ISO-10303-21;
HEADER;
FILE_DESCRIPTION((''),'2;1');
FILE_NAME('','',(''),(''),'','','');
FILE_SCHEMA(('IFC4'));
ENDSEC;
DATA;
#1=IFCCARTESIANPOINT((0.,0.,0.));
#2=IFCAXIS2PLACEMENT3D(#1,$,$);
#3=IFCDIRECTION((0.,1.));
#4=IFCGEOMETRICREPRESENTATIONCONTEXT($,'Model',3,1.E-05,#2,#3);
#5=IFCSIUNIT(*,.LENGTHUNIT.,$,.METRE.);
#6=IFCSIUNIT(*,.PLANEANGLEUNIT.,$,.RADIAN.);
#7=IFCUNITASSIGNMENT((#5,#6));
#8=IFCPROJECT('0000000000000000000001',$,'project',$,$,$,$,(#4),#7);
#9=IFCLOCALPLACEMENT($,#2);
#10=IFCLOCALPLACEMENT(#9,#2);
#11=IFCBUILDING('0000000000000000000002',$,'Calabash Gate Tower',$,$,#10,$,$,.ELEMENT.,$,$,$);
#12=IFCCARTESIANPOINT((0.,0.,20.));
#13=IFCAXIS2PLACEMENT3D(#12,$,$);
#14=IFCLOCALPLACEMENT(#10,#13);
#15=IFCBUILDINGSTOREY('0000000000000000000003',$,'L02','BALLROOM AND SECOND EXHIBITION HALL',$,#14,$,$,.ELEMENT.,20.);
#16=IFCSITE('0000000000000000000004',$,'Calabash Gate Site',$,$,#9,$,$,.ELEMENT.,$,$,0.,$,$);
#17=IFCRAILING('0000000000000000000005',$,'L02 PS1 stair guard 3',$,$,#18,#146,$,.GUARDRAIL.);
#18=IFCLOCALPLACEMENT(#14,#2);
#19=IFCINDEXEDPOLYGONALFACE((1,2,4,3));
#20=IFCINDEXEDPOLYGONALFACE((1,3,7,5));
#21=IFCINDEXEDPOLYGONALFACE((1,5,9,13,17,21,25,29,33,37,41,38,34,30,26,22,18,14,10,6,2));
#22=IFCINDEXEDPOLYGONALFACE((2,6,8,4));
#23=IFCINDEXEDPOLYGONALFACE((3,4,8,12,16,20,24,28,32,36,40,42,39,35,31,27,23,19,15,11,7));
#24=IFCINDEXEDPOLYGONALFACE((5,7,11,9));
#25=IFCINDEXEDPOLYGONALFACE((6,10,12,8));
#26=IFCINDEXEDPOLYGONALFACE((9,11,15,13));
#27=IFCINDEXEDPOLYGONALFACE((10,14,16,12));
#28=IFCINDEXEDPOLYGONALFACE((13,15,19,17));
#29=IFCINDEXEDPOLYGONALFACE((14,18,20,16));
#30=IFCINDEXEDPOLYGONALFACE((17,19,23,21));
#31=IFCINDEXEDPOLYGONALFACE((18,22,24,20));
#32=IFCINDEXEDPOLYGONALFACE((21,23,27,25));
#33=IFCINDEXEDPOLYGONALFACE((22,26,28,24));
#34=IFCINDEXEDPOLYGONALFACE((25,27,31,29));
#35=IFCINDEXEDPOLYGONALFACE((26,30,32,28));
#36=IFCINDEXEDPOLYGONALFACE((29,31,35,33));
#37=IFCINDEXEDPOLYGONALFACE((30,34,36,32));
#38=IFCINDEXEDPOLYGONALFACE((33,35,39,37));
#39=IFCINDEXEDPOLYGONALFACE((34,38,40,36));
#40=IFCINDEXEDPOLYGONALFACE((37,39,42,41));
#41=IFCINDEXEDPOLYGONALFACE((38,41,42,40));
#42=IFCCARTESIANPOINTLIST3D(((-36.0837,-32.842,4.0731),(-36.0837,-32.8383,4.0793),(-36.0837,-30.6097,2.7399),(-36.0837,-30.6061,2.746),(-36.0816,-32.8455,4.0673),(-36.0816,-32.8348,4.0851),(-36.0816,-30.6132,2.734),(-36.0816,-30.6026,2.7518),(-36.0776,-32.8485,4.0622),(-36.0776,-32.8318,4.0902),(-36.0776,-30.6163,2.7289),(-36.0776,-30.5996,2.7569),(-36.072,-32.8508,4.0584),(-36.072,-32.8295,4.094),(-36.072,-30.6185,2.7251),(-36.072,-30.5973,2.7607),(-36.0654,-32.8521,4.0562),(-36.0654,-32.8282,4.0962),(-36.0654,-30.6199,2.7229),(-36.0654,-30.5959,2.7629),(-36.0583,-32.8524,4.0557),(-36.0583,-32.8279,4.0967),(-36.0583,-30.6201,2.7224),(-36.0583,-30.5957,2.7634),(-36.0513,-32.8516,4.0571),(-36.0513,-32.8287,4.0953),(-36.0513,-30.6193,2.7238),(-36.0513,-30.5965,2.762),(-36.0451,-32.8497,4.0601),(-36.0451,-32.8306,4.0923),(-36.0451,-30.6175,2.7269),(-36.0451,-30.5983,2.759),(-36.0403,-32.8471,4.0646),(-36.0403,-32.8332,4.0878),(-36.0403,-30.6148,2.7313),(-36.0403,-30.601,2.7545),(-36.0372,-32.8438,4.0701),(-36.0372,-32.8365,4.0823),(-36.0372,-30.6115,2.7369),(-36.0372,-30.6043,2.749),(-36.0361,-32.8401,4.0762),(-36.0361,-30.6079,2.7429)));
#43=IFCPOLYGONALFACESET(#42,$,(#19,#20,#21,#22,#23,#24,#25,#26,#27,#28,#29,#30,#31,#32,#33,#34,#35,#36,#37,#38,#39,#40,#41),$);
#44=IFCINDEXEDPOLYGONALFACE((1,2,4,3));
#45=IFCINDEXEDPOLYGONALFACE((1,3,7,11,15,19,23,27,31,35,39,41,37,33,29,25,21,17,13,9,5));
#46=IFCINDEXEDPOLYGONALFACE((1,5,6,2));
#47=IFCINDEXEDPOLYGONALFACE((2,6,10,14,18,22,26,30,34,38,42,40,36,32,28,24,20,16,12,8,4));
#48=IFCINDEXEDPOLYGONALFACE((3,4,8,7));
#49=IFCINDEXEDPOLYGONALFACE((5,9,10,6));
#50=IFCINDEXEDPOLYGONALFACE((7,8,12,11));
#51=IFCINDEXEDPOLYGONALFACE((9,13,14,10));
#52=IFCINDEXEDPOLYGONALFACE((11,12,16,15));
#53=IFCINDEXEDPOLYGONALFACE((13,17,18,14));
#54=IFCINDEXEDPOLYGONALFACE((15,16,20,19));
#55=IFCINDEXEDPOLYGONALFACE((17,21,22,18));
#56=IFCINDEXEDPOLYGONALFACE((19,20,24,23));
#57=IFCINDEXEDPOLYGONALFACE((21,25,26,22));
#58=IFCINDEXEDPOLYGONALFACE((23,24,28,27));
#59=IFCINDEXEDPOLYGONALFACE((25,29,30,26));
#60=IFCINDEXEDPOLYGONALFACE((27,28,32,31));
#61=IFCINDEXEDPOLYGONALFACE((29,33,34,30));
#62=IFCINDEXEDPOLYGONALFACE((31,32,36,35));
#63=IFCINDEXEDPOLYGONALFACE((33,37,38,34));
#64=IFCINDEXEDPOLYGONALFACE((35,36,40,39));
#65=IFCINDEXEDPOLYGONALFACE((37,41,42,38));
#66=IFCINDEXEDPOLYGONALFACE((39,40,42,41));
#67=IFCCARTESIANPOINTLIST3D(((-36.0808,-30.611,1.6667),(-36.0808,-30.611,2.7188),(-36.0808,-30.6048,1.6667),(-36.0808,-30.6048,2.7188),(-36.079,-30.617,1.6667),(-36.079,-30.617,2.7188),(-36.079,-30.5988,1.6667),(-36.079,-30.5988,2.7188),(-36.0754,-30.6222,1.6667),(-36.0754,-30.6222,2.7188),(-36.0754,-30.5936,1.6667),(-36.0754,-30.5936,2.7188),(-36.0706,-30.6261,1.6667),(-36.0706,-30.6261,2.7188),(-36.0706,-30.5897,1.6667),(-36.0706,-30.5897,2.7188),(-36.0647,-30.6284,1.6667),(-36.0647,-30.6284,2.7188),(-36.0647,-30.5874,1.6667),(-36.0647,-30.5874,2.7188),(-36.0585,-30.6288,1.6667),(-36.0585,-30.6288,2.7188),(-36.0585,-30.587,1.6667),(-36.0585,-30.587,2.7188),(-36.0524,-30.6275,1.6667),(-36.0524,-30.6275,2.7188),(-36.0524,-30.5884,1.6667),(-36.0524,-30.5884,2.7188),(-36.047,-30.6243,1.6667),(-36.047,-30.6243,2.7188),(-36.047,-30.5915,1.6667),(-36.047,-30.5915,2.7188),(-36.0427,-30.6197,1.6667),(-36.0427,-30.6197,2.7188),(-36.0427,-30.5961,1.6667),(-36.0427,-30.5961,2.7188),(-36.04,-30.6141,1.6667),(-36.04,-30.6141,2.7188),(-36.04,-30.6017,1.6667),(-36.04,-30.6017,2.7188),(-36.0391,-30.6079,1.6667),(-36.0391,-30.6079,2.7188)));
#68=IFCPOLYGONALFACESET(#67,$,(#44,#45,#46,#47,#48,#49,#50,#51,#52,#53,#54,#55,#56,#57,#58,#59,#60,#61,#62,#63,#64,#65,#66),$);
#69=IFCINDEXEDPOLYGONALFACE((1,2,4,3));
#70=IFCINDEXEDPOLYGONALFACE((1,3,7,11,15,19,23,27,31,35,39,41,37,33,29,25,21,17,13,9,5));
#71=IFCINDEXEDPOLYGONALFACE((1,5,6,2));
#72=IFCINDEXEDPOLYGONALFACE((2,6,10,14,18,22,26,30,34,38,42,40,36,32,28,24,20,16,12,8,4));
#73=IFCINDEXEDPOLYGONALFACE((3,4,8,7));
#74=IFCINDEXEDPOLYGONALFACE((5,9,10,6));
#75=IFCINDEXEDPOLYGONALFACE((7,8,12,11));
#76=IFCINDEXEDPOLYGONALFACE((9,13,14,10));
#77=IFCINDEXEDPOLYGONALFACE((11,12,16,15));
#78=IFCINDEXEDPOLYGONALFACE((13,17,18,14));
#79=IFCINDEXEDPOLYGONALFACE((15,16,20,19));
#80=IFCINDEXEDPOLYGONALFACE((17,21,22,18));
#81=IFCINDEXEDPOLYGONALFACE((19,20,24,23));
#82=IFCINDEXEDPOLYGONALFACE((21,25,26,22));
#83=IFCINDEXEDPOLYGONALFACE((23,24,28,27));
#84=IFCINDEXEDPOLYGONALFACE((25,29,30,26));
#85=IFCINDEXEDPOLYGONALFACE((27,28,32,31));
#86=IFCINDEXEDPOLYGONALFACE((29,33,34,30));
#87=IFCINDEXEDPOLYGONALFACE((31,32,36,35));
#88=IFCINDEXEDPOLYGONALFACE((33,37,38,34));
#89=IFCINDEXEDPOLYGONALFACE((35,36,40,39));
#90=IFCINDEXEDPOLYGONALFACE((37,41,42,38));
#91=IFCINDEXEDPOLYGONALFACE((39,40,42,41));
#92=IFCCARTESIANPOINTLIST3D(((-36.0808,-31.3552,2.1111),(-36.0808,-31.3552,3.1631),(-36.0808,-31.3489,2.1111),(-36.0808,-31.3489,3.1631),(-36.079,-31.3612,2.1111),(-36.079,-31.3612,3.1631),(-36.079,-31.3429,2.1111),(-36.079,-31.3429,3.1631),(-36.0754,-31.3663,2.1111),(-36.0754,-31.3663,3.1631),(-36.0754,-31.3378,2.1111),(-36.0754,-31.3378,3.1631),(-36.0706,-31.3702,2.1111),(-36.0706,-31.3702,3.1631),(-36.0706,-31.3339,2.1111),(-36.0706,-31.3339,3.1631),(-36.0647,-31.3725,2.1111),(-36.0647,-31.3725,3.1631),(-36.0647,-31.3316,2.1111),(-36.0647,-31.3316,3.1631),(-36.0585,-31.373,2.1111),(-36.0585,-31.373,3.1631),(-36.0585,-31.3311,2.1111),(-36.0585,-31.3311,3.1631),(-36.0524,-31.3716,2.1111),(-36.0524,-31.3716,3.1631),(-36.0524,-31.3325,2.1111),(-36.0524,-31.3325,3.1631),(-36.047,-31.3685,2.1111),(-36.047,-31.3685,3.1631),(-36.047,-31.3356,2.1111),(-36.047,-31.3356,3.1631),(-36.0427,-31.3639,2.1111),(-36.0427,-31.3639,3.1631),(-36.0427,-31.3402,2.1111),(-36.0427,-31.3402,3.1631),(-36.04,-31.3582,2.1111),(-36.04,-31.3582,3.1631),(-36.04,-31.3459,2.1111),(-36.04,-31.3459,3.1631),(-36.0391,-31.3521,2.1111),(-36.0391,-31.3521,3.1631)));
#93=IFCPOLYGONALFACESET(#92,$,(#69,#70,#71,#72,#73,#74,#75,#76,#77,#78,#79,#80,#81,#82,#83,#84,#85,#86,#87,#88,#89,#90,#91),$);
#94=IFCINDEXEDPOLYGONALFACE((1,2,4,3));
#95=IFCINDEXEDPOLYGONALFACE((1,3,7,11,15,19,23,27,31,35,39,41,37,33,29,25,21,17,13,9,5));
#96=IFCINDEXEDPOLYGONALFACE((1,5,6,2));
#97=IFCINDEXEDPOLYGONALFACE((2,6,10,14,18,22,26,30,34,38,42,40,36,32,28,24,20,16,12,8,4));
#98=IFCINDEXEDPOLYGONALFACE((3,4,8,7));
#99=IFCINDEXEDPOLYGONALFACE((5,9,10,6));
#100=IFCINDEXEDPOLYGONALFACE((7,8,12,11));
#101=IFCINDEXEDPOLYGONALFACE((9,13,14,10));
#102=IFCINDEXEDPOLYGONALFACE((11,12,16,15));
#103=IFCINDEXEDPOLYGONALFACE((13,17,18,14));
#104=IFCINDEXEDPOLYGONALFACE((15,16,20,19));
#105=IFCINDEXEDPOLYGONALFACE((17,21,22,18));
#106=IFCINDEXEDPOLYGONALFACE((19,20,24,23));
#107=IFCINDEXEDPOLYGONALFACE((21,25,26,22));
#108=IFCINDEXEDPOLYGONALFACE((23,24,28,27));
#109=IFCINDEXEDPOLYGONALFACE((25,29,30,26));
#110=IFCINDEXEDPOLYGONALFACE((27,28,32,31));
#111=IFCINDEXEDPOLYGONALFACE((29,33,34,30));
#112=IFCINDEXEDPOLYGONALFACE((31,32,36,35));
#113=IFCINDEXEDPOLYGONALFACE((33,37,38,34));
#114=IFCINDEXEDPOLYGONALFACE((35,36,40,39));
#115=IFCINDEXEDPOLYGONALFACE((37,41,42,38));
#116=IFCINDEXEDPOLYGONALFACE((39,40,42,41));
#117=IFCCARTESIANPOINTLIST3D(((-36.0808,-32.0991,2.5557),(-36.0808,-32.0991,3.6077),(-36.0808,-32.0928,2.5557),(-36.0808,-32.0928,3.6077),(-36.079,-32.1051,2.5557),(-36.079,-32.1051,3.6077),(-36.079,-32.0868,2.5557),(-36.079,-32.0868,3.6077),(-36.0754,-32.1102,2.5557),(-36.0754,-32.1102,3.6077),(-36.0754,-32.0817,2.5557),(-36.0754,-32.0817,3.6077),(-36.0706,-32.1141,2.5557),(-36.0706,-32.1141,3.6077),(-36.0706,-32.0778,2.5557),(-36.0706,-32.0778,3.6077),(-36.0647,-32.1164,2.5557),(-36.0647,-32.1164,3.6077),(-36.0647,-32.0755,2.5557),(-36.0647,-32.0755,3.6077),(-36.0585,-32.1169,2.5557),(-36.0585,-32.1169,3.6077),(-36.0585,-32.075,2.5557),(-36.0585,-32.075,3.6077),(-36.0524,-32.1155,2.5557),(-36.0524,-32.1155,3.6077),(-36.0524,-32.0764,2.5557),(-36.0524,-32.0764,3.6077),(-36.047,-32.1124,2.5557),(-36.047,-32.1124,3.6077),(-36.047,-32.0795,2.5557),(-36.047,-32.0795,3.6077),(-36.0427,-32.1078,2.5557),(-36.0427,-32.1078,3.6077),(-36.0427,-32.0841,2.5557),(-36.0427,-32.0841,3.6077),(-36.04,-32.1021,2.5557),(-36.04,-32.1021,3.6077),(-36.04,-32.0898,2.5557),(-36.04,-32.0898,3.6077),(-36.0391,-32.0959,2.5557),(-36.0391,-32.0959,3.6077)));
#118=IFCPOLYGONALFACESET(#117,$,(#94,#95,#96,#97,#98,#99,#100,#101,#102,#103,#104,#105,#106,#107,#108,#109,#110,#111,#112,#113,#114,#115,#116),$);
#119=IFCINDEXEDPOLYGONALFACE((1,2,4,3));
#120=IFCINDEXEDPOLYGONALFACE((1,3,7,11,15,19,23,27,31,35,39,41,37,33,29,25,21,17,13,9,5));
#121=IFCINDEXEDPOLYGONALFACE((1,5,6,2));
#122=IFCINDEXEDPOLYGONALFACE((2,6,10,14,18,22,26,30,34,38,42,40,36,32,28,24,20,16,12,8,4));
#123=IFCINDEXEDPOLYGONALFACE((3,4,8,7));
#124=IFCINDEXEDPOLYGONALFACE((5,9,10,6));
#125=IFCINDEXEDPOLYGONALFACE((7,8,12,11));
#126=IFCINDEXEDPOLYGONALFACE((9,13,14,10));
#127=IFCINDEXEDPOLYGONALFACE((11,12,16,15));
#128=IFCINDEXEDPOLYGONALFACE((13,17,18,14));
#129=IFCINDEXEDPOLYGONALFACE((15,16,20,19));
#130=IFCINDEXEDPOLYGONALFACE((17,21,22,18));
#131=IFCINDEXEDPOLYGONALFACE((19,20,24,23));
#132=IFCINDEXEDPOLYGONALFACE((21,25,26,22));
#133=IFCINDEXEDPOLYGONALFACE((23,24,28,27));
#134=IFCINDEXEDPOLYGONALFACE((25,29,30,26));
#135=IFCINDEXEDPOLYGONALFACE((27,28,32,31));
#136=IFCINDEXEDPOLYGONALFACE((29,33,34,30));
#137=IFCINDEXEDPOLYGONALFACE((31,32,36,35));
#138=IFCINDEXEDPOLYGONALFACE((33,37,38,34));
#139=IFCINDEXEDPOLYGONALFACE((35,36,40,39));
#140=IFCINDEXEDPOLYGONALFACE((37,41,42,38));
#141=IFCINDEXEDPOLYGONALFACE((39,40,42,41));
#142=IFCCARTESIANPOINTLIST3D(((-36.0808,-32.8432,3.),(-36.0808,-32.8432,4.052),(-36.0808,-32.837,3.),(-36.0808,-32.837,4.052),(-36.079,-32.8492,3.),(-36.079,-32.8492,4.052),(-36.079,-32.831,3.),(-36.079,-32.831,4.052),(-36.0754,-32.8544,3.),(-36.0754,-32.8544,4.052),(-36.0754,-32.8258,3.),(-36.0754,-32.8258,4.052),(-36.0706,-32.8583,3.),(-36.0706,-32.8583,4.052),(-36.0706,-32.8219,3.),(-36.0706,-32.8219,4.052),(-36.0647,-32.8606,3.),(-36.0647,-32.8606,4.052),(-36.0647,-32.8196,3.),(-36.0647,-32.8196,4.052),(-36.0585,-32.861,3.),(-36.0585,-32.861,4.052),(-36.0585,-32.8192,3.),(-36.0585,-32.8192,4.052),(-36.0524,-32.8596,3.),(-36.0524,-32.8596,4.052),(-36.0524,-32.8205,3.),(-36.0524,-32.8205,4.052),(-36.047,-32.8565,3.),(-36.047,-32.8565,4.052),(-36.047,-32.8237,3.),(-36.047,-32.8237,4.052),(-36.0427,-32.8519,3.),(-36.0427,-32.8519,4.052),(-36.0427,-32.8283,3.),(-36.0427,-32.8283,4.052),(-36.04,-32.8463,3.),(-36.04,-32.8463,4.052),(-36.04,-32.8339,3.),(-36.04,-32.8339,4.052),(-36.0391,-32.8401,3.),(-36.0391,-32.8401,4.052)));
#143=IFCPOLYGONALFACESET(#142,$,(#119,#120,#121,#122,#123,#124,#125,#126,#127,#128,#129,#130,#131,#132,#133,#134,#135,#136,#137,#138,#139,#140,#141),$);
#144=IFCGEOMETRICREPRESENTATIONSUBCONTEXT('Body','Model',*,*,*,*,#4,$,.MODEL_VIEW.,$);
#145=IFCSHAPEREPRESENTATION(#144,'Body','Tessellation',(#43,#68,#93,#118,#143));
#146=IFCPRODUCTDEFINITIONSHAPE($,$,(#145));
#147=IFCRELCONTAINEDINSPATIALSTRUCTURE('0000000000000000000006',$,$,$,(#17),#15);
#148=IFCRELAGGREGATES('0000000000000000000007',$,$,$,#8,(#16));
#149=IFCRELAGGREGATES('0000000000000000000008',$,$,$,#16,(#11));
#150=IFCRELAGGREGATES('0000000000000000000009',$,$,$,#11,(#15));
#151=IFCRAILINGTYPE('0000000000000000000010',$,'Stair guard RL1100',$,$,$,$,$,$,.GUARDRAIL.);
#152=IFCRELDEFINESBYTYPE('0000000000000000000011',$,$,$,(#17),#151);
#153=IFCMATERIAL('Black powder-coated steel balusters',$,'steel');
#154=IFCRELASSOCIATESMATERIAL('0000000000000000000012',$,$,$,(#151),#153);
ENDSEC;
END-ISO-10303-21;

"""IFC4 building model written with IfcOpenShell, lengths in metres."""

from ifc_helpers import new_model, si_unit, direction, frame, origin, origin_2d, place, context, subcontext, project, spatial, circle, extrude, material, type_object, element, save


model = new_model("IFC4")

# Units and contexts
model_context = context("Model", 3, precision=1e-05, world=origin(), true_north=direction((0.0, 1.0)))
body_context = subcontext(model_context, "Body", "Model", "MODEL_VIEW")
ifc_project = project(units=[si_unit("LENGTHUNIT", "METRE"), si_unit("PLANEANGLEUNIT", "RADIAN")], contexts=[model_context])

# Site, building, storey
site_placement = place(None, origin())
site = spatial("IfcSite", under=ifc_project, at=site_placement, Name="Calabash Gate Site", CompositionType="ELEMENT", RefElevation=0.0)
building_placement = place(site_placement, origin())
building = spatial("IfcBuilding", under=site, at=building_placement, Name="Calabash Gate Tower", CompositionType="ELEMENT")
storey_placement = place(building_placement, frame((0.0, 0.0, 20.0)))
storey = spatial("IfcBuildingStorey", under=building, at=storey_placement, Name="L02", Description="BALLROOM AND SECOND EXHIBITION HALL", CompositionType="ELEMENT", Elevation=20.0)

# Railing
ifc_material_1 = material(Name="Black powder-coated steel balusters", Category="steel")
railing_type_1 = type_object("IfcRailingType", Name="Stair guard RL1100", PredefinedType="GUARDRAIL", material=ifc_material_1)
railing_1_placement = place(storey_placement, frame((-36.0601, -30.6079, 1.6667)))
element("IfcRailing", 1, at=railing_1_placement, inside=storey, type_object=railing_type_1, Name="L02 PS1 stair guard 3", PredefinedType="GUARDRAIL", context=body_context, shape_type="SweptSolid", body=[
    extrude(circle(Radius=0.0239, at=origin_2d()), frame((0.0, 0.0, 1.0762), z_axis=(0.0, -0.858519, 0.512782), x_axis=(1.0, 0.0, 0.0)), (0.0, 0.0, 1.0), 2.6001),
    extrude(circle(Radius=0.021, at=origin_2d()), origin(), (0.0, 0.0, 1.0), 1.052),
    extrude(circle(Radius=0.021, at=origin_2d()), frame((0.0, -0.7441, 0.4443)), (0.0, 0.0, 1.0), 1.052),
    extrude(circle(Radius=0.021, at=origin_2d()), frame((0.0, -1.488, 0.8889)), (0.0, 0.0, 1.0), 1.052),
    extrude(circle(Radius=0.021, at=origin_2d()), frame((0.0, -2.2322, 1.3333)), (0.0, 0.0, 1.0), 1.052),
])

save(model, "model.ifc")
